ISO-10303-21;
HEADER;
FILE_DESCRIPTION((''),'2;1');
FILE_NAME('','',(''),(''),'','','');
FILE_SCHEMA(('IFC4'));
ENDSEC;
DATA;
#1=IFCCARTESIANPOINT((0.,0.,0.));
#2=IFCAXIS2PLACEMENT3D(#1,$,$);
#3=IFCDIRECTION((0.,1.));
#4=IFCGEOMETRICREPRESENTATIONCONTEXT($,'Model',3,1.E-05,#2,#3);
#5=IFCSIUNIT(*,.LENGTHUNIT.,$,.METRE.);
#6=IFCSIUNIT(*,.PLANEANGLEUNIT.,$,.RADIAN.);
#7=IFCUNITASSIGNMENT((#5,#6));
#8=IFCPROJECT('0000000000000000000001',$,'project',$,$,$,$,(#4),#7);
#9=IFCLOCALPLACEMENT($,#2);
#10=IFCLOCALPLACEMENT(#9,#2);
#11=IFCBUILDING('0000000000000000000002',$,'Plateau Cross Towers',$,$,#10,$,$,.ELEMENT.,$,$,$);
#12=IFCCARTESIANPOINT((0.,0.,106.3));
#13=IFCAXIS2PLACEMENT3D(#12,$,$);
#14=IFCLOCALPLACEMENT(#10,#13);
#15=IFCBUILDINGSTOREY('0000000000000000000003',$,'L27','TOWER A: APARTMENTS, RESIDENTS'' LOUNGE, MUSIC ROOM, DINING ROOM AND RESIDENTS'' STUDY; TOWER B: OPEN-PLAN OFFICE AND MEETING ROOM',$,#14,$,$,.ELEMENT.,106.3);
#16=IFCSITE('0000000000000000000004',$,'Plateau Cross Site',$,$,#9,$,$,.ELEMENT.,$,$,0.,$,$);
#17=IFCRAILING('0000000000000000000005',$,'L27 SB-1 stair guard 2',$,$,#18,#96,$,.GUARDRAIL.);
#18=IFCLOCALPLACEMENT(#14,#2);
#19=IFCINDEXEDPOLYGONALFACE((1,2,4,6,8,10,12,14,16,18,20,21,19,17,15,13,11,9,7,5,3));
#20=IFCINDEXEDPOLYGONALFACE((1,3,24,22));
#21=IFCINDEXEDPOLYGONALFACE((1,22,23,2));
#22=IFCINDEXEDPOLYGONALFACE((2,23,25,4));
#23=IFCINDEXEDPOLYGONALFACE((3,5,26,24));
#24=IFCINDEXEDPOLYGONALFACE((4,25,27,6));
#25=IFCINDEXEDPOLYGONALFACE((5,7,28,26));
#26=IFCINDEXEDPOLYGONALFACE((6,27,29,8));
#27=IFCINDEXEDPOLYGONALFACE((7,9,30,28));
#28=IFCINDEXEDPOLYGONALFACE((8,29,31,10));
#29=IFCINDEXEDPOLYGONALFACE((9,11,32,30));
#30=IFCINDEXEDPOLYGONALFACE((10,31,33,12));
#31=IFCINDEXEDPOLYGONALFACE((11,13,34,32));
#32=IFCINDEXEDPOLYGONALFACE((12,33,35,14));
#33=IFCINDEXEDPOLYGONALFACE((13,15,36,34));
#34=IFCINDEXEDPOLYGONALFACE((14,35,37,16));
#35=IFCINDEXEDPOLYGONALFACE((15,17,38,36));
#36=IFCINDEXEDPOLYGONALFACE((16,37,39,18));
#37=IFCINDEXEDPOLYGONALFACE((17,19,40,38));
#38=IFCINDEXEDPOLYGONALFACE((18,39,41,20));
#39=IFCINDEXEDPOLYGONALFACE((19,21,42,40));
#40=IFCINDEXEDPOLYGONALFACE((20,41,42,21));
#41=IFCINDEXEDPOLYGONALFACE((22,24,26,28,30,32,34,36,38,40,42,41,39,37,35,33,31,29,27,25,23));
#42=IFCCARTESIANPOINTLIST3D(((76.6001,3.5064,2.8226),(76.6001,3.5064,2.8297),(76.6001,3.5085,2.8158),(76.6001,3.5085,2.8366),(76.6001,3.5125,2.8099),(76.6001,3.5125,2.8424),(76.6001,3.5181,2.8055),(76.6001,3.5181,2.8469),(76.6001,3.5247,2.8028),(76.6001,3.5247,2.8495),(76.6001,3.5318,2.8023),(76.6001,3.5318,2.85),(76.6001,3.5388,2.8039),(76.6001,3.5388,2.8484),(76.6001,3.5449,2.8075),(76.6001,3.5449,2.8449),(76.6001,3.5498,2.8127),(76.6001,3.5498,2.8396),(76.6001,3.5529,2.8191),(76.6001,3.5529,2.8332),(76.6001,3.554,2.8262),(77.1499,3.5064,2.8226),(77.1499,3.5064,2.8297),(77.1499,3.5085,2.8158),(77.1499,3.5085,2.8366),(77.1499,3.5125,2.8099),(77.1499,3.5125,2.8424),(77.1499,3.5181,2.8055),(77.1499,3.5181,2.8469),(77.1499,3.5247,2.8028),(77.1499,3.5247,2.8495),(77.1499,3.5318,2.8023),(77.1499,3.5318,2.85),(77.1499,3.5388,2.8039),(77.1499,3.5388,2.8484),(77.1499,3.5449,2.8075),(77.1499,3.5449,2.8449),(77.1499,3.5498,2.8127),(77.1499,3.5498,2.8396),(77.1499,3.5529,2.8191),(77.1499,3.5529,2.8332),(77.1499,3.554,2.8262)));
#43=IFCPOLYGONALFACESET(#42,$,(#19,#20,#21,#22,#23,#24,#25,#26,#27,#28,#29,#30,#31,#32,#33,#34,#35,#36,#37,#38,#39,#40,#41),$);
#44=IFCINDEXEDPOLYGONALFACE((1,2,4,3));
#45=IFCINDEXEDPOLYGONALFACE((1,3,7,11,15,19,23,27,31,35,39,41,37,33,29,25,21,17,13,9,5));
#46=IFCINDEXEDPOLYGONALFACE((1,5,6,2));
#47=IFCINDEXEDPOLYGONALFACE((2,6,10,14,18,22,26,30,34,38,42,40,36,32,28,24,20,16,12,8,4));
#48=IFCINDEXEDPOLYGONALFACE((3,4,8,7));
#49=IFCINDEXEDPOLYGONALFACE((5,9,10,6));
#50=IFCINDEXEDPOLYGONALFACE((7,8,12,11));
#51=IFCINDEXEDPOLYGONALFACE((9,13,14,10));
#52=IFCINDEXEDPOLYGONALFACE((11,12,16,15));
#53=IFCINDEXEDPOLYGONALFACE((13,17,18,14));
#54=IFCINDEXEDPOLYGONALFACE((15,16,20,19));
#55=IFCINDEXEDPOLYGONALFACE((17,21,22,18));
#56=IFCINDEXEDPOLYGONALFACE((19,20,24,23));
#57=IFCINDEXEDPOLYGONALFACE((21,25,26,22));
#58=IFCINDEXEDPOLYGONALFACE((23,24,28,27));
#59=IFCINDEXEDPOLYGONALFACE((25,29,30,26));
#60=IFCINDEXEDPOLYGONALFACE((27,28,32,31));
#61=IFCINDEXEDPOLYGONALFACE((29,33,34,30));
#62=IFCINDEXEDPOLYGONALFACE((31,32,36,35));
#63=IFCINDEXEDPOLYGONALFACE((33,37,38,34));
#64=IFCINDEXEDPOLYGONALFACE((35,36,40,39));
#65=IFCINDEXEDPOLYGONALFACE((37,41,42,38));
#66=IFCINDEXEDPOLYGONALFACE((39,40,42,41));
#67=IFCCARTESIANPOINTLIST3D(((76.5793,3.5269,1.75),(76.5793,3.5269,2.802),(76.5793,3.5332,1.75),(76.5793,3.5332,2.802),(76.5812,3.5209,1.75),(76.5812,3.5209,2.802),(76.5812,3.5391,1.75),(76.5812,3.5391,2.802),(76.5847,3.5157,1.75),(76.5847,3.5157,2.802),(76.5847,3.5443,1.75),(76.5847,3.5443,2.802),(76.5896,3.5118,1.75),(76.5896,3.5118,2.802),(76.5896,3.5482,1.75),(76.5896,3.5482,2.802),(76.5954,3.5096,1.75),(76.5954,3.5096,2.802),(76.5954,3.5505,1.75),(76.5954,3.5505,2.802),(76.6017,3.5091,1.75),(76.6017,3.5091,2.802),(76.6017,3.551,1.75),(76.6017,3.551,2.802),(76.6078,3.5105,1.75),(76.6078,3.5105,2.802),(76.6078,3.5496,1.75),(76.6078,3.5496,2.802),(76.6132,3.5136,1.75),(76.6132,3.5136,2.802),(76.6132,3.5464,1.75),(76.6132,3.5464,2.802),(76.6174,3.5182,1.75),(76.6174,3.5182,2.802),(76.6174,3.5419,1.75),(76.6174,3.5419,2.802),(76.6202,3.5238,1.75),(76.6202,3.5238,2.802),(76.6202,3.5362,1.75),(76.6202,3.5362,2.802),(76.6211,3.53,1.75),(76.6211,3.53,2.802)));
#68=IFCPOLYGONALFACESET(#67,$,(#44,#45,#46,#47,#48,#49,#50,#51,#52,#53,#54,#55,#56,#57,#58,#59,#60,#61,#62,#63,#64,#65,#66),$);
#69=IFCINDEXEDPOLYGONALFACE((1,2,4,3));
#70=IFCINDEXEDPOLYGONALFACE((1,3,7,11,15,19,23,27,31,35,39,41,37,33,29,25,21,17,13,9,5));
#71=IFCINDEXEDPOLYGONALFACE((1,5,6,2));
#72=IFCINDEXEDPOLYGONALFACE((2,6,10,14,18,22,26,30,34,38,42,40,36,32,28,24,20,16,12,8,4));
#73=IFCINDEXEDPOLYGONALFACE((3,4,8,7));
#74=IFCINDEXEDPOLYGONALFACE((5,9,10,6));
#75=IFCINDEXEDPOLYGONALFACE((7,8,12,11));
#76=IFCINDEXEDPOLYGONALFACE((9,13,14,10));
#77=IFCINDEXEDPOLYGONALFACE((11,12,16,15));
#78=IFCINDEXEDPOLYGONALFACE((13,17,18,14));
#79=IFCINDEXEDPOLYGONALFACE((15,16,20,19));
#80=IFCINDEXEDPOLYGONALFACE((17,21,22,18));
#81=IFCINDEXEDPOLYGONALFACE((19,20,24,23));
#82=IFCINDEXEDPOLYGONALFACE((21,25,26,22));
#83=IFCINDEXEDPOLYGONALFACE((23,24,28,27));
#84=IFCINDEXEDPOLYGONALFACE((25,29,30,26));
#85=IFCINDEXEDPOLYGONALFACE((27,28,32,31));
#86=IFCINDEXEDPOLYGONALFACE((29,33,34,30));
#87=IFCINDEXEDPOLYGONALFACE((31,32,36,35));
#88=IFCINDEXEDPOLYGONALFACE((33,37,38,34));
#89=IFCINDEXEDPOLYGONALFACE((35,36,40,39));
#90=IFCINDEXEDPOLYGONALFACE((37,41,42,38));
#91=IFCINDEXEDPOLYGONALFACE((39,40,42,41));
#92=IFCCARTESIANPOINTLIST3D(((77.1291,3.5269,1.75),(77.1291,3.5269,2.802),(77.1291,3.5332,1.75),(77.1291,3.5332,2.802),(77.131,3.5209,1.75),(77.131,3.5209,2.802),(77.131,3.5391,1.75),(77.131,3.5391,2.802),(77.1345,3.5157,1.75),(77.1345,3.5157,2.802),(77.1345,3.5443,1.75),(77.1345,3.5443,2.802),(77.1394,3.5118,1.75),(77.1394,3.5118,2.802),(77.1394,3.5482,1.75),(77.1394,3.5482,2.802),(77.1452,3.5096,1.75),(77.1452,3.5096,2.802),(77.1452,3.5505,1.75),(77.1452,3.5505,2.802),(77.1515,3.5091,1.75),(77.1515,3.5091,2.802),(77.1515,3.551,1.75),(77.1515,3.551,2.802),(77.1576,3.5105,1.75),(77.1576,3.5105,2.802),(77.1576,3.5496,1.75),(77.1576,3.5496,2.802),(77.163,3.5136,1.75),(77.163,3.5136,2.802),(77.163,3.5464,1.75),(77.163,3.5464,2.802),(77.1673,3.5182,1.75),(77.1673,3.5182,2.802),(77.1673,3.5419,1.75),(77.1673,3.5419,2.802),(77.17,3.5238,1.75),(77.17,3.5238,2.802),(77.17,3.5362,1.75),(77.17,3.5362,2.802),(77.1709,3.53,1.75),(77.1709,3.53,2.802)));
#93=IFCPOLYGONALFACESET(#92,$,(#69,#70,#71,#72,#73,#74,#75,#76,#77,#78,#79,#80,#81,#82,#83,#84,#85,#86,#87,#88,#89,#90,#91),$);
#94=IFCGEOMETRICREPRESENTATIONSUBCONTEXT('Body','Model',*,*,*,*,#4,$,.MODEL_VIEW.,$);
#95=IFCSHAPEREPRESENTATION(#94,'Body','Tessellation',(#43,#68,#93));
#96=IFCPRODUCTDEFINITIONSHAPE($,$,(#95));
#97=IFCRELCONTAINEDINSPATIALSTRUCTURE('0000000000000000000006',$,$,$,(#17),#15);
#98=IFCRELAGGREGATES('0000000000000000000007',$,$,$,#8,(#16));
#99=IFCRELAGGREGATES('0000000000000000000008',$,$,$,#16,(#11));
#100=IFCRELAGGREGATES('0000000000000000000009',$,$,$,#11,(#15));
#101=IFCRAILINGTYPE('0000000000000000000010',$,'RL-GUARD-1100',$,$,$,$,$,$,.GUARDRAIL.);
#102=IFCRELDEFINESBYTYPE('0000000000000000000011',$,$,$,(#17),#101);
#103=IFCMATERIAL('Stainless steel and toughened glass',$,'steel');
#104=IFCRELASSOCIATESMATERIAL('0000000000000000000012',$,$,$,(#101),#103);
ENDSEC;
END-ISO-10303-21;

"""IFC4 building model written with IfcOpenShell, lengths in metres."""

from ifc_helpers import new_model, si_unit, direction, frame, origin, origin_2d, place, context, subcontext, project, spatial, circle, extrude, material, type_object, element, save


model = new_model("IFC4")

# Units and contexts
model_context = context("Model", 3, precision=1e-05, world=origin(), true_north=direction((0.0, 1.0)))
body_context = subcontext(model_context, "Body", "Model", "MODEL_VIEW")
ifc_project = project(units=[si_unit("LENGTHUNIT", "METRE"), si_unit("PLANEANGLEUNIT", "RADIAN")], contexts=[model_context])

# Site, building, storey
site_placement = place(None, origin())
site = spatial("IfcSite", under=ifc_project, at=site_placement, Name="Plateau Cross Site", CompositionType="ELEMENT", RefElevation=0.0)
building_placement = place(site_placement, origin())
building = spatial("IfcBuilding", under=site, at=building_placement, Name="Plateau Cross Towers", CompositionType="ELEMENT")
storey_placement = place(building_placement, frame((0.0, 0.0, 106.3)))
storey = spatial("IfcBuildingStorey", under=building, at=storey_placement, Name="L27", Description="TOWER A: APARTMENTS, RESIDENTS' LOUNGE, MUSIC ROOM, DINING ROOM AND RESIDENTS' STUDY; TOWER B: OPEN-PLAN OFFICE AND MEETING ROOM", CompositionType="ELEMENT", Elevation=106.3)

# Railing
ifc_material_1 = material(Name="Stainless steel and toughened glass", Category="steel")
railing_type_1 = type_object("IfcRailingType", Name="RL-GUARD-1100", PredefinedType="GUARDRAIL", material=ifc_material_1)
railing_1_placement = place(storey_placement, frame((76.6001, 3.53, 1.75)))
element("IfcRailing", 1, at=railing_1_placement, inside=storey, type_object=railing_type_1, Name="L27 SB-1 stair guard 2", PredefinedType="GUARDRAIL", context=body_context, shape_type="SweptSolid", body=[
    extrude(circle(Radius=0.0239, at=origin_2d()), frame((0.0, 0.0, 1.0762), z_axis=(1.0, 0.0, 0.0), x_axis=(0.0, 1.0, 0.0)), (0.0, 0.0, 1.0), 0.5498),
    extrude(circle(Radius=0.021, at=origin_2d()), origin(), (0.0, 0.0, 1.0), 1.052),
    extrude(circle(Radius=0.021, at=origin_2d()), frame((0.5498, 0.0, 0.0)), (0.0, 0.0, 1.0), 1.052),
])

save(model, "model.ifc")
